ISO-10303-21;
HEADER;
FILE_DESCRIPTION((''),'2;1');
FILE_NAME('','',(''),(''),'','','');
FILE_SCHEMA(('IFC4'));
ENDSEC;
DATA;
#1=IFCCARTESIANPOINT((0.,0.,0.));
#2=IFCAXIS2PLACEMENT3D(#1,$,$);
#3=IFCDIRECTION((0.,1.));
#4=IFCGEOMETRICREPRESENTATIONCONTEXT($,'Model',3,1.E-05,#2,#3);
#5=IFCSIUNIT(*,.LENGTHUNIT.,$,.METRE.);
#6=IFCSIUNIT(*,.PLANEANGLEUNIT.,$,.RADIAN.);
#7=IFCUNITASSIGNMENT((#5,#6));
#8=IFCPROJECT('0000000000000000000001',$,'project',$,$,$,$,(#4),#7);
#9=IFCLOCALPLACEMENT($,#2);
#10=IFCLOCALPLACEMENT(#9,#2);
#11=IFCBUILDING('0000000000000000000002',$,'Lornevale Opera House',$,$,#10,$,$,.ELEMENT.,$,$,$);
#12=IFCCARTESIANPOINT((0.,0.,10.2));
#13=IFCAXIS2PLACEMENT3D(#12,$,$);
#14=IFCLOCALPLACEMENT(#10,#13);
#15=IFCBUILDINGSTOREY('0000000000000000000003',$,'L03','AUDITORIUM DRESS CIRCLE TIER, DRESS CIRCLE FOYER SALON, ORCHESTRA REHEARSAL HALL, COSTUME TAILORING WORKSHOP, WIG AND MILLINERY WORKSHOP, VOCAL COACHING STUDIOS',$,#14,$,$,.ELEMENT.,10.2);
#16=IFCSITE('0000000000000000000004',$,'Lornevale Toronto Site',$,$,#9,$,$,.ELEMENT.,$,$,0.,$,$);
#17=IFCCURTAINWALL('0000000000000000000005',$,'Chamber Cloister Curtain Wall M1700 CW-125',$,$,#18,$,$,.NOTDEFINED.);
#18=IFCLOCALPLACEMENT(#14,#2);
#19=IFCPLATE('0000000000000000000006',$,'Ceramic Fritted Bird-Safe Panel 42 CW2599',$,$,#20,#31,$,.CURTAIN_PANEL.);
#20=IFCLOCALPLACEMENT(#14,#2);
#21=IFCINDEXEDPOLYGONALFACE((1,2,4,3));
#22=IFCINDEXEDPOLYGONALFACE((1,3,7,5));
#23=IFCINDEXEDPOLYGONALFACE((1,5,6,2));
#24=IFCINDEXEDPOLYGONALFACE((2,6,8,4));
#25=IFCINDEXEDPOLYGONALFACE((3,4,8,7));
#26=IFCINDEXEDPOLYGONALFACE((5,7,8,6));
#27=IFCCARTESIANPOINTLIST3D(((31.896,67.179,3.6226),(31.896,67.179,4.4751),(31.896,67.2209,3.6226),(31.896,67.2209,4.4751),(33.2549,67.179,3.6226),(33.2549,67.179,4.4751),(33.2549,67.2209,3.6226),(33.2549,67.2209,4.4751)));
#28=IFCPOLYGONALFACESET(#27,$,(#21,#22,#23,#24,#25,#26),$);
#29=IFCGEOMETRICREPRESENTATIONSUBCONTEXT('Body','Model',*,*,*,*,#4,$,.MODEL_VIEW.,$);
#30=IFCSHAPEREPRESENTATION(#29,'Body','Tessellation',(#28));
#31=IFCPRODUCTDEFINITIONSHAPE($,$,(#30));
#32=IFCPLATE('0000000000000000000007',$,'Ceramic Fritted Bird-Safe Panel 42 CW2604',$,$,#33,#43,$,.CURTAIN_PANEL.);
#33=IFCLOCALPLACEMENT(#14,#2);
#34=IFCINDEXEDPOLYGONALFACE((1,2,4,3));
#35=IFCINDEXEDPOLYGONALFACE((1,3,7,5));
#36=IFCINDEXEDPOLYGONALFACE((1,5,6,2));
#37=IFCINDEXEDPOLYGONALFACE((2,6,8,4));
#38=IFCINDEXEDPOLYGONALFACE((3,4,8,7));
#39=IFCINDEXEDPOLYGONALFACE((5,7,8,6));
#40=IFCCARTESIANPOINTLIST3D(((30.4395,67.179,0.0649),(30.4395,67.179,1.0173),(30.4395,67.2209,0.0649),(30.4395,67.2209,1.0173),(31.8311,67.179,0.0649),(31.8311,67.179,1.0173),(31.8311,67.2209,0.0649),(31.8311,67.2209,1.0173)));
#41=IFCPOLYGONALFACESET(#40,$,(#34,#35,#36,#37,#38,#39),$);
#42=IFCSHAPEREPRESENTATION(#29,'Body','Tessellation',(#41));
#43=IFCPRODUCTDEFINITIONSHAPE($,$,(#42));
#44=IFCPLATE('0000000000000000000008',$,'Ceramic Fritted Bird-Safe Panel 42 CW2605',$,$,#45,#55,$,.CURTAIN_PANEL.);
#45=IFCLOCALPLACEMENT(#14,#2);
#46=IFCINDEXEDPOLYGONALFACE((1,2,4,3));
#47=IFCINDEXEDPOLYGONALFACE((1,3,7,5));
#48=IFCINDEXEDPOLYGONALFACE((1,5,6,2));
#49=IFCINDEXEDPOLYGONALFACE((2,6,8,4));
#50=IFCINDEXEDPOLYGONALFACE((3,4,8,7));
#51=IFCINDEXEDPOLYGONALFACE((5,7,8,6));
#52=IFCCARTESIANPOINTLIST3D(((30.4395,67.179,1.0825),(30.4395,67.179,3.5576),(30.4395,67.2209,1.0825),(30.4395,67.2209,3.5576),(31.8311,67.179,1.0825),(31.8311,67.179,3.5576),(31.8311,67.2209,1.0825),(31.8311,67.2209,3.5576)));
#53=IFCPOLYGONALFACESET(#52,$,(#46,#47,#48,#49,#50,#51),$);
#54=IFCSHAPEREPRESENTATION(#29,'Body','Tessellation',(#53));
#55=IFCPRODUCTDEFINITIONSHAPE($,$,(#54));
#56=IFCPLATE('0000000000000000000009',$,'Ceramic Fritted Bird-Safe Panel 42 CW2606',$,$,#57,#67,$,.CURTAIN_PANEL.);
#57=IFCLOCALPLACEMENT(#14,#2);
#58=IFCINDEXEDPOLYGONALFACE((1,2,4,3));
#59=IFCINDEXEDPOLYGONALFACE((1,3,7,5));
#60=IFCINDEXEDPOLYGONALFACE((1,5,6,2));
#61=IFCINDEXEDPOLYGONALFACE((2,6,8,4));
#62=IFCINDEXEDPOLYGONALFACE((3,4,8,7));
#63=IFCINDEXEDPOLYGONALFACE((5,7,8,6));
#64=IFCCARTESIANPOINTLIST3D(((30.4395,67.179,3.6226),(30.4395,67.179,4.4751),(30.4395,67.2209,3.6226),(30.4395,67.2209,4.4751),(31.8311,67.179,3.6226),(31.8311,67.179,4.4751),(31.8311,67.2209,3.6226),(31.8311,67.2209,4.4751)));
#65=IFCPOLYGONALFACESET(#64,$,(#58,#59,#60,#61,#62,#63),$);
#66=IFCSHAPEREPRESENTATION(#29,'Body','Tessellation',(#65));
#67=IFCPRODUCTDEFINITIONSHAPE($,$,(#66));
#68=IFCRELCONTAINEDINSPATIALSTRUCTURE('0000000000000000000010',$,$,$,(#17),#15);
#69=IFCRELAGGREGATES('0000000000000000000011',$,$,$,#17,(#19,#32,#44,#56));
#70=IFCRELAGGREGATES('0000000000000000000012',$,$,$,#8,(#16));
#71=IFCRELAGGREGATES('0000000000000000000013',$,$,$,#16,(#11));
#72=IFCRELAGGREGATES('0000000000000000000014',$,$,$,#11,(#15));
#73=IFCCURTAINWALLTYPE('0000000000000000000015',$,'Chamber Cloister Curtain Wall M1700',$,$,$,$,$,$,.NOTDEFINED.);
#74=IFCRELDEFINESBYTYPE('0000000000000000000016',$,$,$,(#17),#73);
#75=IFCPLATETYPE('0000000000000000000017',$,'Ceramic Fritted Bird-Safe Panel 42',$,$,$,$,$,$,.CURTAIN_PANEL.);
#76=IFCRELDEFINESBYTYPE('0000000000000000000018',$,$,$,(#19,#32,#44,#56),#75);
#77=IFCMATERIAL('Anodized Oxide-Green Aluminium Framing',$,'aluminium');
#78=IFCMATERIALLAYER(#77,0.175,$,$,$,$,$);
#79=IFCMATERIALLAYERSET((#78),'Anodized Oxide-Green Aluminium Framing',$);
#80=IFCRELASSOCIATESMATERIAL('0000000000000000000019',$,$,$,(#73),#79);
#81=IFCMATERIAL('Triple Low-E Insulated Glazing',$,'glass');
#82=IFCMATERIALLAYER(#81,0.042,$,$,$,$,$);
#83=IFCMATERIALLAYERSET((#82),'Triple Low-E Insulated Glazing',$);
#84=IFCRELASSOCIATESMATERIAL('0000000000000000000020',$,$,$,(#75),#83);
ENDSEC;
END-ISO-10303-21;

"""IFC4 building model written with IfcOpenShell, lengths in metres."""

from ifc_helpers import new_model, si_unit, direction, frame, origin, origin_2d, place, context, subcontext, project, spatial, rectangle, extrude, material, layer, layer_set, type_object, element, aggregate, save


model = new_model("IFC4")

# Units and contexts
model_context = context("Model", 3, precision=1e-05, world=origin(), true_north=direction((0.0, 1.0)))
body_context = subcontext(model_context, "Body", "Model", "MODEL_VIEW")
ifc_project = project(units=[si_unit("LENGTHUNIT", "METRE"), si_unit("PLANEANGLEUNIT", "RADIAN")], contexts=[model_context])

# Site, building, storey
site_placement = place(None, origin())
site = spatial("IfcSite", under=ifc_project, at=site_placement, Name="Lornevale Toronto Site", CompositionType="ELEMENT", RefElevation=0.0)
building_placement = place(site_placement, origin())
building = spatial("IfcBuilding", under=site, at=building_placement, Name="Lornevale Opera House", CompositionType="ELEMENT")
storey_placement = place(building_placement, frame((0.0, 0.0, 10.2)))
storey = spatial("IfcBuildingStorey", under=building, at=storey_placement, Name="L03", Description="AUDITORIUM DRESS CIRCLE TIER, DRESS CIRCLE FOYER SALON, ORCHESTRA REHEARSAL HALL, COSTUME TAILORING WORKSHOP, WIG AND MILLINERY WORKSHOP, VOCAL COACHING STUDIOS", CompositionType="ELEMENT", Elevation=10.2)

# Curtain wall
ifc_material_1 = material(Name="Anodized Oxide-Green Aluminium Framing", Category="aluminium")
ifc_layer_1 = layer(ifc_material_1, 0.175)
ifc_layer_set_1 = layer_set([ifc_layer_1], Name="Anodized Oxide-Green Aluminium Framing")
curtain_wall_type = type_object("IfcCurtainWallType", Name="Chamber Cloister Curtain Wall M1700", PredefinedType="NOTDEFINED", material=ifc_layer_set_1)
curtain_wall_1_placement = place(storey_placement, origin())
curtain_wall_1 = element("IfcCurtainWall", 1, at=curtain_wall_1_placement, inside=storey, type_object=curtain_wall_type, Name="Chamber Cloister Curtain Wall M1700 CW-125", PredefinedType="NOTDEFINED")

# Plates
ifc_material_2 = material(Name="Triple Low-E Insulated Glazing", Category="glass")
ifc_layer_2 = layer(ifc_material_2, 0.042)
ifc_layer_set_2 = layer_set([ifc_layer_2], Name="Triple Low-E Insulated Glazing")
plate_type = type_object("IfcPlateType", Name="Ceramic Fritted Bird-Safe Panel 42", PredefinedType="CURTAIN_PANEL", material=ifc_layer_set_2)
plate_1_placement = place(storey_placement, frame((32.5754, 67.2, 3.6226), z_axis=(0.0, 0.0, 1.0), x_axis=(-1.0, 0.0, 0.0)))
plate_1 = element("IfcPlate", 2, at=plate_1_placement, type_object=plate_type, Name="Ceramic Fritted Bird-Safe Panel 42 CW2599", PredefinedType="CURTAIN_PANEL", context=body_context, shape_type="SweptSolid", body=[
    extrude(rectangle(XDim=1.3589, YDim=0.042, at=origin_2d()), origin(), (0.0, 0.0, 1.0), 0.8525),
])
plate_2_placement = place(storey_placement, frame((31.1353, 67.2, 0.0649), z_axis=(0.0, 0.0, 1.0), x_axis=(-1.0, 0.0, 0.0)))
plate_2 = element("IfcPlate", 3, at=plate_2_placement, type_object=plate_type, Name="Ceramic Fritted Bird-Safe Panel 42 CW2604", PredefinedType="CURTAIN_PANEL", context=body_context, shape_type="SweptSolid", body=[
    extrude(rectangle(XDim=1.3916, YDim=0.042, at=origin_2d()), origin(), (0.0, 0.0, 1.0), 0.9524),
])
plate_3_placement = place(storey_placement, frame((31.1353, 67.2, 1.0825), z_axis=(0.0, 0.0, 1.0), x_axis=(-1.0, 0.0, 0.0)))
plate_3 = element("IfcPlate", 4, at=plate_3_placement, type_object=plate_type, Name="Ceramic Fritted Bird-Safe Panel 42 CW2605", PredefinedType="CURTAIN_PANEL", context=body_context, shape_type="SweptSolid", body=[
    extrude(rectangle(XDim=1.3916, YDim=0.042, at=origin_2d()), origin(), (0.0, 0.0, 1.0), 2.4751),
])
plate_4_placement = place(storey_placement, frame((31.1353, 67.2, 3.6226), z_axis=(0.0, 0.0, 1.0), x_axis=(-1.0, 0.0, 0.0)))
plate_4 = element("IfcPlate", 5, at=plate_4_placement, type_object=plate_type, Name="Ceramic Fritted Bird-Safe Panel 42 CW2606", PredefinedType="CURTAIN_PANEL", context=body_context, shape_type="SweptSolid", body=[
    extrude(rectangle(XDim=1.3916, YDim=0.042, at=origin_2d()), origin(), (0.0, 0.0, 1.0), 0.8525),
])
aggregate(curtain_wall_1, [plate_1, plate_2, plate_3, plate_4])

save(model, "model.ifc")
